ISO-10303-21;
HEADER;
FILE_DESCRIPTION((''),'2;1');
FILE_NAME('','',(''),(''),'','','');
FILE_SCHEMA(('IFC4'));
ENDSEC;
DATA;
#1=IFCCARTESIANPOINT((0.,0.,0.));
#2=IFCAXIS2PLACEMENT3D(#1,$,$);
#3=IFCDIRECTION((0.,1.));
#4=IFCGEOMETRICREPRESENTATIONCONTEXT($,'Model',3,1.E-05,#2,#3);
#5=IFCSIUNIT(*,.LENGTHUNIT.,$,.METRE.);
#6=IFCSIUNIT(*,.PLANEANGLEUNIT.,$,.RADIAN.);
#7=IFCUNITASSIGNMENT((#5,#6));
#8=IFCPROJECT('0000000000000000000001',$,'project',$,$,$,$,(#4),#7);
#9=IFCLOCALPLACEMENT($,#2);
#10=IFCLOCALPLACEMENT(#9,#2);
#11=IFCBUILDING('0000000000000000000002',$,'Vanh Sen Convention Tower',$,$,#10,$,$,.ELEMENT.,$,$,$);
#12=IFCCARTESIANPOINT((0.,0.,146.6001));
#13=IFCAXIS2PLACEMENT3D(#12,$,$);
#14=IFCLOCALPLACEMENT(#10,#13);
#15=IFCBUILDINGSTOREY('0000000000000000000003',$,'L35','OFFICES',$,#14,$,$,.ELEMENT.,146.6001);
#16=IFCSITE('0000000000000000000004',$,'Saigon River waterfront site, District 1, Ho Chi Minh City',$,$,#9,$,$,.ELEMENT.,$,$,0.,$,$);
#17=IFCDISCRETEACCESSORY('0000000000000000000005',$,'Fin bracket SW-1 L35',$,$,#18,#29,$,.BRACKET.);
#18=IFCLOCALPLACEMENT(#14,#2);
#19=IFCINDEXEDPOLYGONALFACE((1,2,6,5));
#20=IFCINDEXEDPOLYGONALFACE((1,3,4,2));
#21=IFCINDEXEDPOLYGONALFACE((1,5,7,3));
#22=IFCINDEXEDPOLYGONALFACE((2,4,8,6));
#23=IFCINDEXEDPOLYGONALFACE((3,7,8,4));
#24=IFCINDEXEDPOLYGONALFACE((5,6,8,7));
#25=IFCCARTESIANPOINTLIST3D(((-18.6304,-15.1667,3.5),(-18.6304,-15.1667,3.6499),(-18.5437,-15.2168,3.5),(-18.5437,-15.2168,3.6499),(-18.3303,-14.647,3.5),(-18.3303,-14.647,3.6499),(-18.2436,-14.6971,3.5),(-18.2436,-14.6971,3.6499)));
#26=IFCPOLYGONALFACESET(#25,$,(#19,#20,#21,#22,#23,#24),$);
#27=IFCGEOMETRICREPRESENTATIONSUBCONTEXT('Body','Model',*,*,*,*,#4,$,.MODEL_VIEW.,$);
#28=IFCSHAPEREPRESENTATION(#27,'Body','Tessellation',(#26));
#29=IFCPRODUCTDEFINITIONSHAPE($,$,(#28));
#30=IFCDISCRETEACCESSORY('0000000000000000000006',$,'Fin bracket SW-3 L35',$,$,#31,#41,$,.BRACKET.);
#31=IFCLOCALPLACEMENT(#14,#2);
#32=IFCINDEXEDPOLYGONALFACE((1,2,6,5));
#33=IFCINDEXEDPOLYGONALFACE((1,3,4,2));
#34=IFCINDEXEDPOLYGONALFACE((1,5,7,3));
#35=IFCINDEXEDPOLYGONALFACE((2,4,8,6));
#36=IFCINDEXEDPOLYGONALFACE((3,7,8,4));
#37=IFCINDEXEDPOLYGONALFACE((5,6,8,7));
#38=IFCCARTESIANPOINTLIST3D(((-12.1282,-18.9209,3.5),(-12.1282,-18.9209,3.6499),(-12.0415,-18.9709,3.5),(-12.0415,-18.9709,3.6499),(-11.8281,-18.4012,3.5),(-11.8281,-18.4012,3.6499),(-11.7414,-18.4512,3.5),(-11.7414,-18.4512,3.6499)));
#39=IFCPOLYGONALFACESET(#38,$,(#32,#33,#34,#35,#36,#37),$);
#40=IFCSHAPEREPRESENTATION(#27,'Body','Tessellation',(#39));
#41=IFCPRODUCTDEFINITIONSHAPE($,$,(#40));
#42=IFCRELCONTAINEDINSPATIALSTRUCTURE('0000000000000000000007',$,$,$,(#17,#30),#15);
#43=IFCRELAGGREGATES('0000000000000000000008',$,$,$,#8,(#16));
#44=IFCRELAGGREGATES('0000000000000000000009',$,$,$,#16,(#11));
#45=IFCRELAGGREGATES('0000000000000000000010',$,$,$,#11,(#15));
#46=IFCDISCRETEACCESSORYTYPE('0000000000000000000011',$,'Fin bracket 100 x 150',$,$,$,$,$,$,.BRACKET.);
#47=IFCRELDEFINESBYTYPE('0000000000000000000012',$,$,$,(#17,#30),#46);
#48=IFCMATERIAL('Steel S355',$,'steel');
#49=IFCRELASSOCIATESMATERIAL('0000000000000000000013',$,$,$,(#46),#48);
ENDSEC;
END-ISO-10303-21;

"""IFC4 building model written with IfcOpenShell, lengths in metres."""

from ifc_helpers import new_model, si_unit, direction, frame, origin, origin_2d, place, context, subcontext, project, spatial, rectangle, extrude, material, type_object, element, save


model = new_model("IFC4")

# Units and contexts
model_context = context("Model", 3, precision=1e-05, world=origin(), true_north=direction((0.0, 1.0)))
body_context = subcontext(model_context, "Body", "Model", "MODEL_VIEW")
ifc_project = project(units=[si_unit("LENGTHUNIT", "METRE"), si_unit("PLANEANGLEUNIT", "RADIAN")], contexts=[model_context])

# Site, building, storey
site_placement = place(None, origin())
site = spatial("IfcSite", under=ifc_project, at=site_placement, Name="Saigon River waterfront site, District 1, Ho Chi Minh City", CompositionType="ELEMENT", RefElevation=0.0)
building_placement = place(site_placement, origin())
building = spatial("IfcBuilding", under=site, at=building_placement, Name="Vanh Sen Convention Tower", CompositionType="ELEMENT")
storey_placement = place(building_placement, frame((0.0, 0.0, 146.6001)))
storey = spatial("IfcBuildingStorey", under=building, at=storey_placement, Name="L35", Description="OFFICES", CompositionType="ELEMENT", Elevation=146.6001)

# Discrete accessories
ifc_material_1 = material(Name="Steel S355", Category="steel")
discrete_accessory_type = type_object("IfcDiscreteAccessoryType", Name="Fin bracket 100 x 150", PredefinedType="BRACKET", material=ifc_material_1)
for number, where, z_axis, x_axis, name in (
    (1, (-18.437, -14.9319, 3.5), (0.0, 0.0, 1.0), (-0.5, -0.866025, 0.0), "Fin bracket SW-1 L35"),
    (2, (-11.9348, -18.686, 3.5), (0.0, 0.0, 1.0), (-0.5, -0.866025, 0.0), "Fin bracket SW-3 L35"),
):
    element("IfcDiscreteAccessory", number, at=place(storey_placement, frame(where, z_axis=z_axis, x_axis=x_axis)), inside=storey, type_object=discrete_accessory_type, Name=name, PredefinedType="BRACKET", context=body_context, shape_type="SweptSolid", body=[
        extrude(rectangle(XDim=0.6001, YDim=0.1001, at=origin_2d()), origin(), (0.0, 0.0, 1.0), 0.1499),
    ])

save(model, "model.ifc")
